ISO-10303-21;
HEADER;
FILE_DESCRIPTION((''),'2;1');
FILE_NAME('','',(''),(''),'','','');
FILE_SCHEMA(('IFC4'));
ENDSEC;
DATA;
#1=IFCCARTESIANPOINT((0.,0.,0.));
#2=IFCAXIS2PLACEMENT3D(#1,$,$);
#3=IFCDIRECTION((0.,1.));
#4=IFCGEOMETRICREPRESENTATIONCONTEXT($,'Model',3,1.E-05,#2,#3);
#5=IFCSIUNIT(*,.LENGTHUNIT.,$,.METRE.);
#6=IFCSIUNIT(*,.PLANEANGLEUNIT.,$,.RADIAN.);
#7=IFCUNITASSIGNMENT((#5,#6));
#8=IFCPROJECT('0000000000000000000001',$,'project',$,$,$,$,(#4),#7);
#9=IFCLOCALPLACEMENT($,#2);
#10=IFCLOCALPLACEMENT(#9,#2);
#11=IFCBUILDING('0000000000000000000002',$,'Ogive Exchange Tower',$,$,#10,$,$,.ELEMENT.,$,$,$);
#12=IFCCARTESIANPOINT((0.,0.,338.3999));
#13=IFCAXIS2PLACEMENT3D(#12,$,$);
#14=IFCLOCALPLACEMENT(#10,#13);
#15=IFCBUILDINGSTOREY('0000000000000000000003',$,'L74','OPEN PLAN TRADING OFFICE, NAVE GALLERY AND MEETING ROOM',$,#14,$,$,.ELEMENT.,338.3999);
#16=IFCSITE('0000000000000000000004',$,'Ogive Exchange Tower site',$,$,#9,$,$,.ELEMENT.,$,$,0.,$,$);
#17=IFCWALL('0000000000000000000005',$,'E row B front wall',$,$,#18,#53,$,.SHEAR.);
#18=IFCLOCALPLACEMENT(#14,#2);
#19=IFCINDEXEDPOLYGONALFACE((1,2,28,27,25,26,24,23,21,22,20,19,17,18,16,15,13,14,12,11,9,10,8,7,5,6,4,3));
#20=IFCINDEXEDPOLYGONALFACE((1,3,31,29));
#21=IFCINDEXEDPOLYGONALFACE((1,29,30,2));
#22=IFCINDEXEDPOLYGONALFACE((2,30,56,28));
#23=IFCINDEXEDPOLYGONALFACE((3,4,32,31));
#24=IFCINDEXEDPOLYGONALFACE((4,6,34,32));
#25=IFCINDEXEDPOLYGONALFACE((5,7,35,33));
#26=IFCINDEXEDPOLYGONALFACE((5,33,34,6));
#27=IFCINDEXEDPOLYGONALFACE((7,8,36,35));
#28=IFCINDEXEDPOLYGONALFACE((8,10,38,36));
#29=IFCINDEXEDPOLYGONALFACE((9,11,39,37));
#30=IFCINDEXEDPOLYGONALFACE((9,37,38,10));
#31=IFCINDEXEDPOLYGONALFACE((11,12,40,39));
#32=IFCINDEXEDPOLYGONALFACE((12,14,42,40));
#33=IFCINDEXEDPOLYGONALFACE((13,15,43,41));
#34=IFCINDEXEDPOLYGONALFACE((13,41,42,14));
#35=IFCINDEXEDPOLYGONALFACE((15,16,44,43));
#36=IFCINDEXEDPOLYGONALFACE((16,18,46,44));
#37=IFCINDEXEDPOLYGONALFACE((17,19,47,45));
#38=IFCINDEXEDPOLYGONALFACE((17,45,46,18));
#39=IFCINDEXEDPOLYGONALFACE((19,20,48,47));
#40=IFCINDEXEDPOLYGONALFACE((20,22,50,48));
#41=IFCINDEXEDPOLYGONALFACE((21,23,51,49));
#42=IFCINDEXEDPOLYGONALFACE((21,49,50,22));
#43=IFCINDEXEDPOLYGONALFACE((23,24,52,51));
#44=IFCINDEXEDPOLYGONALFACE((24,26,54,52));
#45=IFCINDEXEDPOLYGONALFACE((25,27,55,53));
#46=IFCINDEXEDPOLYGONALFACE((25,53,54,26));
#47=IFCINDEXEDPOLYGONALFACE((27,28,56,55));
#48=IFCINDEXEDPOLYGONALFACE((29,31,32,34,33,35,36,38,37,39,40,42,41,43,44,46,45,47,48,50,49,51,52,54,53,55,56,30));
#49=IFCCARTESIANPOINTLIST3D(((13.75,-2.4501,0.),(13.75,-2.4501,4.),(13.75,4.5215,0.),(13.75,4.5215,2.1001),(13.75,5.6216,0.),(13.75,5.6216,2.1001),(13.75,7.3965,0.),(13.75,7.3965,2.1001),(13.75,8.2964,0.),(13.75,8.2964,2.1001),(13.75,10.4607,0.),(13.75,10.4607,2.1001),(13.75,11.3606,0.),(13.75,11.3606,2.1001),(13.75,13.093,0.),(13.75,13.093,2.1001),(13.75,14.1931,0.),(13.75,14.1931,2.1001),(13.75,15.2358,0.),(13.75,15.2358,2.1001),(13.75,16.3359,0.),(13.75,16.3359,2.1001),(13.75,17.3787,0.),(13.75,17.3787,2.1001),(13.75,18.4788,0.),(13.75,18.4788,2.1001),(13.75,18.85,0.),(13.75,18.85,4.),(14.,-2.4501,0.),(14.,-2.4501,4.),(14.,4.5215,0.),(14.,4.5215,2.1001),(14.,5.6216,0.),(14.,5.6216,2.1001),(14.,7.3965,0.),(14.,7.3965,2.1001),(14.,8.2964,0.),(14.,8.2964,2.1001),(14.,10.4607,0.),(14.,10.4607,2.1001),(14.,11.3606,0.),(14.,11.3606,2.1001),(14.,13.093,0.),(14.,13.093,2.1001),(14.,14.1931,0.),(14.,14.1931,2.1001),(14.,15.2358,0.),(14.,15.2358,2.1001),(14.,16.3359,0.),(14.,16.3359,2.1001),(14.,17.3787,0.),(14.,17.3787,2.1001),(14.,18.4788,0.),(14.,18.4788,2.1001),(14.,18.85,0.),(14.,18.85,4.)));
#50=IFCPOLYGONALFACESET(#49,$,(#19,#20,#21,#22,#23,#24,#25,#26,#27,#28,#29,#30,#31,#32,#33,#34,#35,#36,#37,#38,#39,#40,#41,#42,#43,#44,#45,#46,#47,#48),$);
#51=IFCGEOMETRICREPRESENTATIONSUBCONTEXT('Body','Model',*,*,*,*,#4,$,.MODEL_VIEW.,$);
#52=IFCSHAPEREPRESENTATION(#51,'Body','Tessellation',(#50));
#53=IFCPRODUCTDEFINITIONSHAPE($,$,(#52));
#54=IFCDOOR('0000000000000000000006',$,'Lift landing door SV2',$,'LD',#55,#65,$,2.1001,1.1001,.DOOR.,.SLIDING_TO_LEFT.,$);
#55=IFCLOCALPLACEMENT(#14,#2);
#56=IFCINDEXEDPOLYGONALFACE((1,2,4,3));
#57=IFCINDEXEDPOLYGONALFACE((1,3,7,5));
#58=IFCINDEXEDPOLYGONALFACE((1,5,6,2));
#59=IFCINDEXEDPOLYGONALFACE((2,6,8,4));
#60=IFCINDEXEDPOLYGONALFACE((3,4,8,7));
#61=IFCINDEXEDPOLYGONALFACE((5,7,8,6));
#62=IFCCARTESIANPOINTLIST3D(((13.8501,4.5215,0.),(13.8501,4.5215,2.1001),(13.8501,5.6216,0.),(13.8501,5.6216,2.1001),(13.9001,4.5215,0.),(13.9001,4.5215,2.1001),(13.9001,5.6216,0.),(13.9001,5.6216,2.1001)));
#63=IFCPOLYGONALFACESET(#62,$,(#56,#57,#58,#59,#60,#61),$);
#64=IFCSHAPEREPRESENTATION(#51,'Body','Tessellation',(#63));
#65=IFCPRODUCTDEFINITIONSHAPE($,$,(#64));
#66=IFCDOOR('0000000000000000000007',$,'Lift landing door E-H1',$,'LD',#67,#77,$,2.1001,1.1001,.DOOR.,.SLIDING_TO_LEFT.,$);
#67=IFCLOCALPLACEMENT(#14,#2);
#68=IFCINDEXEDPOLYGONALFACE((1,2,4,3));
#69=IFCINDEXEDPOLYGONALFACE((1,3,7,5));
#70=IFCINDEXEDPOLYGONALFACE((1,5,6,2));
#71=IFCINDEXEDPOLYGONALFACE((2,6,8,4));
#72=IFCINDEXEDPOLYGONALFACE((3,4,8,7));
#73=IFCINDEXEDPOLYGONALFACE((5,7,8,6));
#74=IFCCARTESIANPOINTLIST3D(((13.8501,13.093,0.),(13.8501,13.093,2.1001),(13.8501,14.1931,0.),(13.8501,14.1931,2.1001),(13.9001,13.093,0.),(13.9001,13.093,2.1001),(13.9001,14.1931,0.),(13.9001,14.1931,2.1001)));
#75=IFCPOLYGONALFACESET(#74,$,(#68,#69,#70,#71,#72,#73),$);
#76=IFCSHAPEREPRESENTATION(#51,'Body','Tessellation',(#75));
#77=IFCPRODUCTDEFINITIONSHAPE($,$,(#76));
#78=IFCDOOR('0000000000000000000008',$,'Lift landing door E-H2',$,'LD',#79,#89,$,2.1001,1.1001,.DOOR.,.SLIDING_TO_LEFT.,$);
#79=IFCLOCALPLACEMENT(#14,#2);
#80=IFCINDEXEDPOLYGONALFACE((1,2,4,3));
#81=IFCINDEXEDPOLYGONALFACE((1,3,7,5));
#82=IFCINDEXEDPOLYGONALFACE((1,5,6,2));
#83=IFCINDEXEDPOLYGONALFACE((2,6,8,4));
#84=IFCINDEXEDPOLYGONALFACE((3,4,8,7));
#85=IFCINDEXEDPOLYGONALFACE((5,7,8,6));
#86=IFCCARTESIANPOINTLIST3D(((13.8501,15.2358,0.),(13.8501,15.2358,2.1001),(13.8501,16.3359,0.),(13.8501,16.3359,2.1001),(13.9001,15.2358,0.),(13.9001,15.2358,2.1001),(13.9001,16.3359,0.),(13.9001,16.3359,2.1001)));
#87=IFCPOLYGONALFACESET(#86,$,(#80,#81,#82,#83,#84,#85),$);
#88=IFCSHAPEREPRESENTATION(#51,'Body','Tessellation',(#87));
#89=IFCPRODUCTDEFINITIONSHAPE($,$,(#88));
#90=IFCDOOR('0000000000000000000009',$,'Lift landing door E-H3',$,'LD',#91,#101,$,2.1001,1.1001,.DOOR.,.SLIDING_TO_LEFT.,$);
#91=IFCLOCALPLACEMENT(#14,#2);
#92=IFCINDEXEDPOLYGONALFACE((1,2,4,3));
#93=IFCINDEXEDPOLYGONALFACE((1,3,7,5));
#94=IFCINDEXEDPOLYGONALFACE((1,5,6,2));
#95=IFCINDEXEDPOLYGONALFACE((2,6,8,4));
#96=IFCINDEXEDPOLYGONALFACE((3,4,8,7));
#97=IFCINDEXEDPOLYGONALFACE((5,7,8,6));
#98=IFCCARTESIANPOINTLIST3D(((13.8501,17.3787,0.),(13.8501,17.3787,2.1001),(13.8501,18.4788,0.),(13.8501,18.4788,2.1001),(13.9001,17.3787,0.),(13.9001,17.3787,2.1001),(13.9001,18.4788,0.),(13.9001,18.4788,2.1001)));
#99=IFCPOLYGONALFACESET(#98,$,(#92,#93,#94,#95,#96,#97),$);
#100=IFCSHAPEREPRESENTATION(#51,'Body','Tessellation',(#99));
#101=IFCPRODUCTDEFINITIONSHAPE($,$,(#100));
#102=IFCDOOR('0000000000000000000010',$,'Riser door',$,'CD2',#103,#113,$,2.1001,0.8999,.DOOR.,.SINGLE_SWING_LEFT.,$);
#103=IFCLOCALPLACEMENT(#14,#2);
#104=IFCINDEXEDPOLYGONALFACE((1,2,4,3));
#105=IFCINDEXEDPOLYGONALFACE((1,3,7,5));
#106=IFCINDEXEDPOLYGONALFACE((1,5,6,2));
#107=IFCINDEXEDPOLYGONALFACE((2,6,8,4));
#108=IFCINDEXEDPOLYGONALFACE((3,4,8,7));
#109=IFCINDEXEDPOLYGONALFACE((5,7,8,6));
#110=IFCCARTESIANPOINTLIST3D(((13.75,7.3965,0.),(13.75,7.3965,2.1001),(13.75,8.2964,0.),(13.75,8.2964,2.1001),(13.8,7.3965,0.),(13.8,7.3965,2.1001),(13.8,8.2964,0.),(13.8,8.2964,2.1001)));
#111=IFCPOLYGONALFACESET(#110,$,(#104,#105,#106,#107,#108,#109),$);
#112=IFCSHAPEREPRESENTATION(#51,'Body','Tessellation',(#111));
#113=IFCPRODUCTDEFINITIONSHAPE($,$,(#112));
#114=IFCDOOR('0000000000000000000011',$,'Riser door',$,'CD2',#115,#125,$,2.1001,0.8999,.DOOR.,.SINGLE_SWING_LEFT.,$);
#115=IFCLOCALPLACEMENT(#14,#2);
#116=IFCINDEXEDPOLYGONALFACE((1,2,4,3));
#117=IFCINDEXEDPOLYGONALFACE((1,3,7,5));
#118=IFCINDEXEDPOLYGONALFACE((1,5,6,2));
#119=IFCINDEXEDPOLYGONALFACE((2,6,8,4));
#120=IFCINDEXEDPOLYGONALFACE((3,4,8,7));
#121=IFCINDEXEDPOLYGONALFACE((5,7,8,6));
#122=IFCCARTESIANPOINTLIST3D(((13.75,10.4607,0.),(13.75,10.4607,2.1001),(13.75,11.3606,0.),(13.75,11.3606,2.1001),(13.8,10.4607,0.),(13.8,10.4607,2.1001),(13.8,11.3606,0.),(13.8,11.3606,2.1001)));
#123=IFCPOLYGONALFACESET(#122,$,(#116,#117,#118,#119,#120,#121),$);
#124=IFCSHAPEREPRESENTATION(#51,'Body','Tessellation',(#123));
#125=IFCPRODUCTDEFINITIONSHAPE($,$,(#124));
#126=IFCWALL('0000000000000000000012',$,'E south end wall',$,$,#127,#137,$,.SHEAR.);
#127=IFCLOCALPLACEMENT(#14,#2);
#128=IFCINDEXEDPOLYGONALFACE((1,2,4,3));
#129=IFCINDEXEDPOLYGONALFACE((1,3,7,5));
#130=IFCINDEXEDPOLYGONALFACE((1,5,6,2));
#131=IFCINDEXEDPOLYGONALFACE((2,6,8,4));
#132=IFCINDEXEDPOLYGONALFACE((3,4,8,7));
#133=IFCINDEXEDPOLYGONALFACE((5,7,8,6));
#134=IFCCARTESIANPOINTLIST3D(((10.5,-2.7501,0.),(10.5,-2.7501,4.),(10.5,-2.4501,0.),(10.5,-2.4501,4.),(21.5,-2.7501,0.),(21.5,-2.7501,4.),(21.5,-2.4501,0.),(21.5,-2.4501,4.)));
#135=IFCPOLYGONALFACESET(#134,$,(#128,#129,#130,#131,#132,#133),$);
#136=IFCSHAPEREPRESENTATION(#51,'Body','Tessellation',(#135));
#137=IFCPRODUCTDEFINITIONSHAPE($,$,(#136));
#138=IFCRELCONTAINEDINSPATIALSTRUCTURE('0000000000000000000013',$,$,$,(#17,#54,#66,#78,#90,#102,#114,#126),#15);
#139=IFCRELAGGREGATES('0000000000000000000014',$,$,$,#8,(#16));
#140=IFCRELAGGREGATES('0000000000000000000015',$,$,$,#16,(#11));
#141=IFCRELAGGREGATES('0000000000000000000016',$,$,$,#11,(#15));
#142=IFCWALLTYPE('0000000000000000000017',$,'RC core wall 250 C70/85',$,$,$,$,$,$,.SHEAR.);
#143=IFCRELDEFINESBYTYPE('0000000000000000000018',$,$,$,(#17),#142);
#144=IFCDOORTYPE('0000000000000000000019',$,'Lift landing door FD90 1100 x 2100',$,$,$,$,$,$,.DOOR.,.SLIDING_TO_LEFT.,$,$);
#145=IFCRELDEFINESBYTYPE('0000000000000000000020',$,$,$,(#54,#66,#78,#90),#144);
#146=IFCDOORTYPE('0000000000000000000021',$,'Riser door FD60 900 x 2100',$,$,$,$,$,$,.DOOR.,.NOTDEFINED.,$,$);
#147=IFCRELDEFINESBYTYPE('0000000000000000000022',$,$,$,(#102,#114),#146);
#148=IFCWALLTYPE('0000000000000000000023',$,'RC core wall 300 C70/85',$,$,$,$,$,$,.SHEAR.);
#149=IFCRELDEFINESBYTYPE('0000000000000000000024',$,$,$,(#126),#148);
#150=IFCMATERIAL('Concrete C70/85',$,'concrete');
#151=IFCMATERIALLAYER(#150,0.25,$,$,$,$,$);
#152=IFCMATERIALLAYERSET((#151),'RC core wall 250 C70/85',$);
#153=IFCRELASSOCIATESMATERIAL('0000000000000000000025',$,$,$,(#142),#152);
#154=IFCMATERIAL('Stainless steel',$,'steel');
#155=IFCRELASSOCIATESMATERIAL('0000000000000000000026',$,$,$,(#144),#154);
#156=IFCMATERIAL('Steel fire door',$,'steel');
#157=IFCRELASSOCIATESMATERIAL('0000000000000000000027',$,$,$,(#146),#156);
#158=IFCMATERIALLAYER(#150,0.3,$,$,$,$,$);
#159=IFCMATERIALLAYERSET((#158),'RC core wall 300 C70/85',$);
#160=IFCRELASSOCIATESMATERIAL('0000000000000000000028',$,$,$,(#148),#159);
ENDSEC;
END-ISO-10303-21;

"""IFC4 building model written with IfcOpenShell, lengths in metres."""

from ifc_helpers import new_model, si_unit, direction, frame, frame_2d, origin, place, context, subcontext, project, spatial, rectangle, extrude, material, layer, layer_set, type_object, element, fill, save


model = new_model("IFC4")

# Units and contexts
model_context = context("Model", 3, precision=1e-05, world=origin(), true_north=direction((0.0, 1.0)))
body_context = subcontext(model_context, "Body", "Model", "MODEL_VIEW")
ifc_project = project(units=[si_unit("LENGTHUNIT", "METRE"), si_unit("PLANEANGLEUNIT", "RADIAN")], contexts=[model_context])

# Site, building, storey
site_placement = place(None, origin())
site = spatial("IfcSite", under=ifc_project, at=site_placement, Name="Ogive Exchange Tower site", CompositionType="ELEMENT", RefElevation=0.0)
building_placement = place(site_placement, origin())
building = spatial("IfcBuilding", under=site, at=building_placement, Name="Ogive Exchange Tower", CompositionType="ELEMENT")
storey_placement = place(building_placement, frame((0.0, 0.0, 338.3999)))
storey = spatial("IfcBuildingStorey", under=building, at=storey_placement, Name="L74", Description="OPEN PLAN TRADING OFFICE, NAVE GALLERY AND MEETING ROOM", CompositionType="ELEMENT", Elevation=338.3999)

# Shared definitions
ifc_material_1 = material(Name="Concrete C70/85", Category="concrete")

# Wall, openings, doors
ifc_layer_1 = layer(ifc_material_1, 0.25)
ifc_layer_set_1 = layer_set([ifc_layer_1], Name="RC core wall 250 C70/85")
wall_type_1 = type_object("IfcWallType", Name="RC core wall 250 C70/85", PredefinedType="SHEAR", material=ifc_layer_set_1)
wall_1_placement = place(storey_placement, frame((13.875, -2.45, 0.0), z_axis=(0.0, 0.0, 1.0), x_axis=(0.0, 1.0, 0.0)))
wall_1 = element("IfcWall", 1, at=wall_1_placement, inside=storey, type_object=wall_type_1, Name="E row B front wall", PredefinedType="SHEAR", context=body_context, shape_type="SweptSolid", body=[
    extrude(rectangle(XDim=21.3, YDim=0.25, at=frame_2d((10.6499, 0.0))), origin(), (0.0, 0.0, 1.0), 4.0),
])
opening_1_placement = place(wall_1_placement, frame((9.8464, 0.0, 0.0)))
opening_1 = element("IfcOpeningElement", 2, at=opening_1_placement, cuts=wall_1, PredefinedType="OPENING", context=body_context, shape_type="SweptSolid", body=[
    extrude(rectangle(XDim=0.8999, YDim=2.1001, at=frame_2d((0.45, 1.05))), frame((0.0, 0.135, 0.0), z_axis=(0.0, -1.0, 0.0), x_axis=(1.0, 0.0, 0.0)), (0.0, 0.0, 1.0), 0.27),
])
opening_2_placement = place(wall_1_placement, frame((12.9106, 0.0, 0.0)))
opening_2 = element("IfcOpeningElement", 3, at=opening_2_placement, cuts=wall_1, PredefinedType="OPENING", context=body_context, shape_type="SweptSolid", body=[
    extrude(rectangle(XDim=0.8999, YDim=2.1001, at=frame_2d((0.45, 1.05))), frame((0.0, 0.135, 0.0), z_axis=(0.0, -1.0, 0.0), x_axis=(1.0, 0.0, 0.0)), (0.0, 0.0, 1.0), 0.27),
])
opening_3_placement = place(wall_1_placement, frame((6.9714, 0.0, 0.0)))
opening_3 = element("IfcOpeningElement", 4, at=opening_3_placement, cuts=wall_1, PredefinedType="OPENING", context=body_context, shape_type="SweptSolid", body=[
    extrude(rectangle(XDim=1.1001, YDim=2.1001, at=frame_2d((0.55, 1.05))), frame((0.0, 0.135, 0.0), z_axis=(0.0, -1.0, 0.0), x_axis=(1.0, 0.0, 0.0)), (0.0, 0.0, 1.0), 0.27),
])
opening_4_placement = place(wall_1_placement, frame((15.543, 0.0, 0.0)))
opening_4 = element("IfcOpeningElement", 5, at=opening_4_placement, cuts=wall_1, PredefinedType="OPENING", context=body_context, shape_type="SweptSolid", body=[
    extrude(rectangle(XDim=1.1001, YDim=2.1001, at=frame_2d((0.55, 1.05))), frame((0.0, 0.135, 0.0), z_axis=(0.0, -1.0, 0.0), x_axis=(1.0, 0.0, 0.0)), (0.0, 0.0, 1.0), 0.27),
])
opening_5_placement = place(wall_1_placement, frame((17.6858, 0.0, 0.0)))
opening_5 = element("IfcOpeningElement", 6, at=opening_5_placement, cuts=wall_1, PredefinedType="OPENING", context=body_context, shape_type="SweptSolid", body=[
    extrude(rectangle(XDim=1.1001, YDim=2.1001, at=frame_2d((0.55, 1.05))), frame((0.0, 0.135, 0.0), z_axis=(0.0, -1.0, 0.0), x_axis=(1.0, 0.0, 0.0)), (0.0, 0.0, 1.0), 0.27),
])
opening_6_placement = place(wall_1_placement, frame((19.8286, 0.0, 0.0)))
opening_6 = element("IfcOpeningElement", 7, at=opening_6_placement, cuts=wall_1, PredefinedType="OPENING", context=body_context, shape_type="SweptSolid", body=[
    extrude(rectangle(XDim=1.1001, YDim=2.1001, at=frame_2d((0.55, 1.05))), frame((0.0, 0.135, 0.0), z_axis=(0.0, -1.0, 0.0), x_axis=(1.0, 0.0, 0.0)), (0.0, 0.0, 1.0), 0.27),
])
ifc_material_2 = material(Name="Stainless steel", Category="steel")
door_type_1 = type_object("IfcDoorType", Name="Lift landing door FD90 1100 x 2100", OperationType="SLIDING_TO_LEFT", PredefinedType="DOOR", material=ifc_material_2)
door_1_placement = place(opening_3_placement, origin())
door_1 = element("IfcDoor", 8, at=door_1_placement, inside=storey, type_object=door_type_1, Name="Lift landing door SV2", ObjectType="LD", OperationType="SLIDING_TO_LEFT", OverallHeight=2.1001, OverallWidth=1.1001, PredefinedType="DOOR", context=body_context, shape_type="SweptSolid", body=[
    extrude(rectangle(XDim=1.1001, YDim=2.1001, at=frame_2d((0.55, 1.05))), frame((0.0, 0.0249, 0.0), z_axis=(0.0, -1.0, 0.0), x_axis=(1.0, 0.0, 0.0)), (0.0, 0.0, 1.0), 0.05),
])
fill(opening_3, door_1)
door_2_placement = place(opening_4_placement, origin())
door_2 = element("IfcDoor", 9, at=door_2_placement, inside=storey, type_object=door_type_1, Name="Lift landing door E-H1", ObjectType="LD", OperationType="SLIDING_TO_LEFT", OverallHeight=2.1001, OverallWidth=1.1001, PredefinedType="DOOR", context=body_context, shape_type="SweptSolid", body=[
    extrude(rectangle(XDim=1.1001, YDim=2.1001, at=frame_2d((0.55, 1.05))), frame((0.0, 0.0249, 0.0), z_axis=(0.0, -1.0, 0.0), x_axis=(1.0, 0.0, 0.0)), (0.0, 0.0, 1.0), 0.05),
])
fill(opening_4, door_2)
door_3_placement = place(opening_5_placement, origin())
door_3 = element("IfcDoor", 10, at=door_3_placement, inside=storey, type_object=door_type_1, Name="Lift landing door E-H2", ObjectType="LD", OperationType="SLIDING_TO_LEFT", OverallHeight=2.1001, OverallWidth=1.1001, PredefinedType="DOOR", context=body_context, shape_type="SweptSolid", body=[
    extrude(rectangle(XDim=1.1001, YDim=2.1001, at=frame_2d((0.55, 1.05))), frame((0.0, 0.0249, 0.0), z_axis=(0.0, -1.0, 0.0), x_axis=(1.0, 0.0, 0.0)), (0.0, 0.0, 1.0), 0.05),
])
fill(opening_5, door_3)
door_4_placement = place(opening_6_placement, origin())
door_4 = element("IfcDoor", 11, at=door_4_placement, inside=storey, type_object=door_type_1, Name="Lift landing door E-H3", ObjectType="LD", OperationType="SLIDING_TO_LEFT", OverallHeight=2.1001, OverallWidth=1.1001, PredefinedType="DOOR", context=body_context, shape_type="SweptSolid", body=[
    extrude(rectangle(XDim=1.1001, YDim=2.1001, at=frame_2d((0.55, 1.05))), frame((0.0, 0.0249, 0.0), z_axis=(0.0, -1.0, 0.0), x_axis=(1.0, 0.0, 0.0)), (0.0, 0.0, 1.0), 0.05),
])
fill(opening_6, door_4)
ifc_material_3 = material(Name="Steel fire door", Category="steel")
door_type_2 = type_object("IfcDoorType", Name="Riser door FD60 900 x 2100", OperationType="NOTDEFINED", PredefinedType="DOOR", material=ifc_material_3)
door_5_placement = place(opening_1_placement, origin())
door_5 = element("IfcDoor", 12, at=door_5_placement, inside=storey, type_object=door_type_2, Name="Riser door", ObjectType="CD2", OperationType="SINGLE_SWING_LEFT", OverallHeight=2.1001, OverallWidth=0.8999, PredefinedType="DOOR", context=body_context, shape_type="SweptSolid", body=[
    extrude(rectangle(XDim=0.8999, YDim=2.1001, at=frame_2d((0.45, 1.05))), frame((0.0, 0.125, 0.0), z_axis=(0.0, -1.0, 0.0), x_axis=(1.0, 0.0, 0.0)), (0.0, 0.0, 1.0), 0.05),
])
fill(opening_1, door_5)
door_6_placement = place(opening_2_placement, origin())
door_6 = element("IfcDoor", 13, at=door_6_placement, inside=storey, type_object=door_type_2, Name="Riser door", ObjectType="CD2", OperationType="SINGLE_SWING_LEFT", OverallHeight=2.1001, OverallWidth=0.8999, PredefinedType="DOOR", context=body_context, shape_type="SweptSolid", body=[
    extrude(rectangle(XDim=0.8999, YDim=2.1001, at=frame_2d((0.45, 1.05))), frame((0.0, 0.125, 0.0), z_axis=(0.0, -1.0, 0.0), x_axis=(1.0, 0.0, 0.0)), (0.0, 0.0, 1.0), 0.05),
])
fill(opening_2, door_6)

# Wall
ifc_layer_2 = layer(ifc_material_1, 0.3)
ifc_layer_set_2 = layer_set([ifc_layer_2], Name="RC core wall 300 C70/85")
wall_type_2 = type_object("IfcWallType", Name="RC core wall 300 C70/85", PredefinedType="SHEAR", material=ifc_layer_set_2)
wall_2_placement = place(storey_placement, frame((10.5, -2.6001, 0.0), z_axis=(0.0, 0.0, 1.0), x_axis=(1.0, 0.0, 0.0)))
element("IfcWall", 14, at=wall_2_placement, inside=storey, type_object=wall_type_2, Name="E south end wall", PredefinedType="SHEAR", context=body_context, shape_type="SweptSolid", body=[
    extrude(rectangle(XDim=11.0, YDim=0.3, at=frame_2d((5.5, 0.0))), origin(), (0.0, 0.0, 1.0), 4.0),
])

save(model, "model.ifc")
